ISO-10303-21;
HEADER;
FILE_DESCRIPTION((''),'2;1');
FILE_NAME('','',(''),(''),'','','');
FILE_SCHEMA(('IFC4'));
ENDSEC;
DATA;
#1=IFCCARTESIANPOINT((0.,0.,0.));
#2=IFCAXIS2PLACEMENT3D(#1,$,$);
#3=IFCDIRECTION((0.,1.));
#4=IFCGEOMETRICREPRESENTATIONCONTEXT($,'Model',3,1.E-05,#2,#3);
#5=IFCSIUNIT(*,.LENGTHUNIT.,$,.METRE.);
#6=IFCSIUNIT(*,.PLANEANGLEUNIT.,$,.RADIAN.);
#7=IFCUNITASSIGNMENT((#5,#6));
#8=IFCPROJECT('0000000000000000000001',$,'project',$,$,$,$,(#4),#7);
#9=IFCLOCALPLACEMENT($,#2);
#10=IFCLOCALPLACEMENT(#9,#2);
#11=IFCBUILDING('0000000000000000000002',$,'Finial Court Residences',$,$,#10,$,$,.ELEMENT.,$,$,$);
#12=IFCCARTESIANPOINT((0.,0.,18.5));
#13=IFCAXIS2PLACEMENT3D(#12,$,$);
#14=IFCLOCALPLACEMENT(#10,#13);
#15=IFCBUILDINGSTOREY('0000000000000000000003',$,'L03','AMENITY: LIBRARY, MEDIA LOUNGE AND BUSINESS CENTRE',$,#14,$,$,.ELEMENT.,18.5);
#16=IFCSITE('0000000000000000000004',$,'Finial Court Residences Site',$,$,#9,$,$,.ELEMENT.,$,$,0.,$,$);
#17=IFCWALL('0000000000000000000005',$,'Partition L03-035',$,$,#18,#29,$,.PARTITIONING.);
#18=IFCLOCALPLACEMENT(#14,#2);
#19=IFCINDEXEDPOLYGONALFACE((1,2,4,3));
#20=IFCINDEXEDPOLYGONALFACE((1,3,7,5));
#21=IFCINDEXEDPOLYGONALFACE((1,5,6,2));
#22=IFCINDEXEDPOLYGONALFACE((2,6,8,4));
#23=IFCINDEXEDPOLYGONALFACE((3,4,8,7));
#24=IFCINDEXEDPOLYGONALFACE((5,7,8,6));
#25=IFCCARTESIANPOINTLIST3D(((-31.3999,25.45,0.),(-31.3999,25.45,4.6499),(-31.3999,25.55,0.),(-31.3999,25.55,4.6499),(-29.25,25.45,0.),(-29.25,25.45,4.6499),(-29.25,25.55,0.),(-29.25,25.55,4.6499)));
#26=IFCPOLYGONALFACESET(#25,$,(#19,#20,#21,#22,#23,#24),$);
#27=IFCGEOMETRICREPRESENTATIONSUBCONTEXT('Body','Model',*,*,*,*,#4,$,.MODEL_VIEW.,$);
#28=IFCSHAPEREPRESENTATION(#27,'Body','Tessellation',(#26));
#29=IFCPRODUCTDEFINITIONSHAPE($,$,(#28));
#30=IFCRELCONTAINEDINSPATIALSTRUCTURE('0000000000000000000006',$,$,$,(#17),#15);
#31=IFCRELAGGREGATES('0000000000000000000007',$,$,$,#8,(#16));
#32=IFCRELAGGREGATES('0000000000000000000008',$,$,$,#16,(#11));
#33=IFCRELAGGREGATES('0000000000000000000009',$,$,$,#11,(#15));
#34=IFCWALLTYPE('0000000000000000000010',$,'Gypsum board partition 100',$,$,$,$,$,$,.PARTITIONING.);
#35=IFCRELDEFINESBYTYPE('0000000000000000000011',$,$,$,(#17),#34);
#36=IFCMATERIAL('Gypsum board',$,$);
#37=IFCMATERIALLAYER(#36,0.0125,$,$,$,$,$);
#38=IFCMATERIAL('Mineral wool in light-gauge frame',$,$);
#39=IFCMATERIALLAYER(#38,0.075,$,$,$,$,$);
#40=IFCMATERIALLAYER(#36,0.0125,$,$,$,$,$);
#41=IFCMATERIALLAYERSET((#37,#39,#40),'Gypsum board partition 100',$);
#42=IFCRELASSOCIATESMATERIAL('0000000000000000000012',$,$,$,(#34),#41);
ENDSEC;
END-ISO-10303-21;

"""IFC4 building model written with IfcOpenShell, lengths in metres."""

from ifc_helpers import new_model, si_unit, direction, frame, frame_2d, origin, place, context, subcontext, project, spatial, rectangle, extrude, material, layer, layer_set, type_object, element, save


model = new_model("IFC4")

# Units and contexts
model_context = context("Model", 3, precision=1e-05, world=origin(), true_north=direction((0.0, 1.0)))
body_context = subcontext(model_context, "Body", "Model", "MODEL_VIEW")
ifc_project = project(units=[si_unit("LENGTHUNIT", "METRE"), si_unit("PLANEANGLEUNIT", "RADIAN")], contexts=[model_context])

# Site, building, storey
site_placement = place(None, origin())
site = spatial("IfcSite", under=ifc_project, at=site_placement, Name="Finial Court Residences Site", CompositionType="ELEMENT", RefElevation=0.0)
building_placement = place(site_placement, origin())
building = spatial("IfcBuilding", under=site, at=building_placement, Name="Finial Court Residences", CompositionType="ELEMENT")
storey_placement = place(building_placement, frame((0.0, 0.0, 18.5)))
storey = spatial("IfcBuildingStorey", under=building, at=storey_placement, Name="L03", Description="AMENITY: LIBRARY, MEDIA LOUNGE AND BUSINESS CENTRE", CompositionType="ELEMENT", Elevation=18.5)

# Shared definitions
ifc_material_1 = material(Name="Gypsum board")

# Wall
ifc_layer_1 = layer(ifc_material_1, 0.0125)
ifc_material_2 = material(Name="Mineral wool in light-gauge frame")
ifc_layer_2 = layer(ifc_material_2, 0.075)
ifc_layer_3 = layer(ifc_material_1, 0.0125)
ifc_layer_set_1 = layer_set([ifc_layer_1, ifc_layer_2, ifc_layer_3], Name="Gypsum board partition 100")
wall_type_1 = type_object("IfcWallType", Name="Gypsum board partition 100", PredefinedType="PARTITIONING", material=ifc_layer_set_1)
wall_1_placement = place(storey_placement, frame((-31.3999, 25.5, 0.0), z_axis=(0.0, 0.0, 1.0), x_axis=(1.0, 0.0, 0.0)))
element("IfcWall", 1, at=wall_1_placement, inside=storey, type_object=wall_type_1, Name="Partition L03-035", PredefinedType="PARTITIONING", context=body_context, shape_type="SweptSolid", body=[
    extrude(rectangle(XDim=2.1499, YDim=0.1001, at=frame_2d((1.075, 0.0))), origin(), (0.0, 0.0, 1.0), 4.6499),
])

save(model, "model.ifc")
